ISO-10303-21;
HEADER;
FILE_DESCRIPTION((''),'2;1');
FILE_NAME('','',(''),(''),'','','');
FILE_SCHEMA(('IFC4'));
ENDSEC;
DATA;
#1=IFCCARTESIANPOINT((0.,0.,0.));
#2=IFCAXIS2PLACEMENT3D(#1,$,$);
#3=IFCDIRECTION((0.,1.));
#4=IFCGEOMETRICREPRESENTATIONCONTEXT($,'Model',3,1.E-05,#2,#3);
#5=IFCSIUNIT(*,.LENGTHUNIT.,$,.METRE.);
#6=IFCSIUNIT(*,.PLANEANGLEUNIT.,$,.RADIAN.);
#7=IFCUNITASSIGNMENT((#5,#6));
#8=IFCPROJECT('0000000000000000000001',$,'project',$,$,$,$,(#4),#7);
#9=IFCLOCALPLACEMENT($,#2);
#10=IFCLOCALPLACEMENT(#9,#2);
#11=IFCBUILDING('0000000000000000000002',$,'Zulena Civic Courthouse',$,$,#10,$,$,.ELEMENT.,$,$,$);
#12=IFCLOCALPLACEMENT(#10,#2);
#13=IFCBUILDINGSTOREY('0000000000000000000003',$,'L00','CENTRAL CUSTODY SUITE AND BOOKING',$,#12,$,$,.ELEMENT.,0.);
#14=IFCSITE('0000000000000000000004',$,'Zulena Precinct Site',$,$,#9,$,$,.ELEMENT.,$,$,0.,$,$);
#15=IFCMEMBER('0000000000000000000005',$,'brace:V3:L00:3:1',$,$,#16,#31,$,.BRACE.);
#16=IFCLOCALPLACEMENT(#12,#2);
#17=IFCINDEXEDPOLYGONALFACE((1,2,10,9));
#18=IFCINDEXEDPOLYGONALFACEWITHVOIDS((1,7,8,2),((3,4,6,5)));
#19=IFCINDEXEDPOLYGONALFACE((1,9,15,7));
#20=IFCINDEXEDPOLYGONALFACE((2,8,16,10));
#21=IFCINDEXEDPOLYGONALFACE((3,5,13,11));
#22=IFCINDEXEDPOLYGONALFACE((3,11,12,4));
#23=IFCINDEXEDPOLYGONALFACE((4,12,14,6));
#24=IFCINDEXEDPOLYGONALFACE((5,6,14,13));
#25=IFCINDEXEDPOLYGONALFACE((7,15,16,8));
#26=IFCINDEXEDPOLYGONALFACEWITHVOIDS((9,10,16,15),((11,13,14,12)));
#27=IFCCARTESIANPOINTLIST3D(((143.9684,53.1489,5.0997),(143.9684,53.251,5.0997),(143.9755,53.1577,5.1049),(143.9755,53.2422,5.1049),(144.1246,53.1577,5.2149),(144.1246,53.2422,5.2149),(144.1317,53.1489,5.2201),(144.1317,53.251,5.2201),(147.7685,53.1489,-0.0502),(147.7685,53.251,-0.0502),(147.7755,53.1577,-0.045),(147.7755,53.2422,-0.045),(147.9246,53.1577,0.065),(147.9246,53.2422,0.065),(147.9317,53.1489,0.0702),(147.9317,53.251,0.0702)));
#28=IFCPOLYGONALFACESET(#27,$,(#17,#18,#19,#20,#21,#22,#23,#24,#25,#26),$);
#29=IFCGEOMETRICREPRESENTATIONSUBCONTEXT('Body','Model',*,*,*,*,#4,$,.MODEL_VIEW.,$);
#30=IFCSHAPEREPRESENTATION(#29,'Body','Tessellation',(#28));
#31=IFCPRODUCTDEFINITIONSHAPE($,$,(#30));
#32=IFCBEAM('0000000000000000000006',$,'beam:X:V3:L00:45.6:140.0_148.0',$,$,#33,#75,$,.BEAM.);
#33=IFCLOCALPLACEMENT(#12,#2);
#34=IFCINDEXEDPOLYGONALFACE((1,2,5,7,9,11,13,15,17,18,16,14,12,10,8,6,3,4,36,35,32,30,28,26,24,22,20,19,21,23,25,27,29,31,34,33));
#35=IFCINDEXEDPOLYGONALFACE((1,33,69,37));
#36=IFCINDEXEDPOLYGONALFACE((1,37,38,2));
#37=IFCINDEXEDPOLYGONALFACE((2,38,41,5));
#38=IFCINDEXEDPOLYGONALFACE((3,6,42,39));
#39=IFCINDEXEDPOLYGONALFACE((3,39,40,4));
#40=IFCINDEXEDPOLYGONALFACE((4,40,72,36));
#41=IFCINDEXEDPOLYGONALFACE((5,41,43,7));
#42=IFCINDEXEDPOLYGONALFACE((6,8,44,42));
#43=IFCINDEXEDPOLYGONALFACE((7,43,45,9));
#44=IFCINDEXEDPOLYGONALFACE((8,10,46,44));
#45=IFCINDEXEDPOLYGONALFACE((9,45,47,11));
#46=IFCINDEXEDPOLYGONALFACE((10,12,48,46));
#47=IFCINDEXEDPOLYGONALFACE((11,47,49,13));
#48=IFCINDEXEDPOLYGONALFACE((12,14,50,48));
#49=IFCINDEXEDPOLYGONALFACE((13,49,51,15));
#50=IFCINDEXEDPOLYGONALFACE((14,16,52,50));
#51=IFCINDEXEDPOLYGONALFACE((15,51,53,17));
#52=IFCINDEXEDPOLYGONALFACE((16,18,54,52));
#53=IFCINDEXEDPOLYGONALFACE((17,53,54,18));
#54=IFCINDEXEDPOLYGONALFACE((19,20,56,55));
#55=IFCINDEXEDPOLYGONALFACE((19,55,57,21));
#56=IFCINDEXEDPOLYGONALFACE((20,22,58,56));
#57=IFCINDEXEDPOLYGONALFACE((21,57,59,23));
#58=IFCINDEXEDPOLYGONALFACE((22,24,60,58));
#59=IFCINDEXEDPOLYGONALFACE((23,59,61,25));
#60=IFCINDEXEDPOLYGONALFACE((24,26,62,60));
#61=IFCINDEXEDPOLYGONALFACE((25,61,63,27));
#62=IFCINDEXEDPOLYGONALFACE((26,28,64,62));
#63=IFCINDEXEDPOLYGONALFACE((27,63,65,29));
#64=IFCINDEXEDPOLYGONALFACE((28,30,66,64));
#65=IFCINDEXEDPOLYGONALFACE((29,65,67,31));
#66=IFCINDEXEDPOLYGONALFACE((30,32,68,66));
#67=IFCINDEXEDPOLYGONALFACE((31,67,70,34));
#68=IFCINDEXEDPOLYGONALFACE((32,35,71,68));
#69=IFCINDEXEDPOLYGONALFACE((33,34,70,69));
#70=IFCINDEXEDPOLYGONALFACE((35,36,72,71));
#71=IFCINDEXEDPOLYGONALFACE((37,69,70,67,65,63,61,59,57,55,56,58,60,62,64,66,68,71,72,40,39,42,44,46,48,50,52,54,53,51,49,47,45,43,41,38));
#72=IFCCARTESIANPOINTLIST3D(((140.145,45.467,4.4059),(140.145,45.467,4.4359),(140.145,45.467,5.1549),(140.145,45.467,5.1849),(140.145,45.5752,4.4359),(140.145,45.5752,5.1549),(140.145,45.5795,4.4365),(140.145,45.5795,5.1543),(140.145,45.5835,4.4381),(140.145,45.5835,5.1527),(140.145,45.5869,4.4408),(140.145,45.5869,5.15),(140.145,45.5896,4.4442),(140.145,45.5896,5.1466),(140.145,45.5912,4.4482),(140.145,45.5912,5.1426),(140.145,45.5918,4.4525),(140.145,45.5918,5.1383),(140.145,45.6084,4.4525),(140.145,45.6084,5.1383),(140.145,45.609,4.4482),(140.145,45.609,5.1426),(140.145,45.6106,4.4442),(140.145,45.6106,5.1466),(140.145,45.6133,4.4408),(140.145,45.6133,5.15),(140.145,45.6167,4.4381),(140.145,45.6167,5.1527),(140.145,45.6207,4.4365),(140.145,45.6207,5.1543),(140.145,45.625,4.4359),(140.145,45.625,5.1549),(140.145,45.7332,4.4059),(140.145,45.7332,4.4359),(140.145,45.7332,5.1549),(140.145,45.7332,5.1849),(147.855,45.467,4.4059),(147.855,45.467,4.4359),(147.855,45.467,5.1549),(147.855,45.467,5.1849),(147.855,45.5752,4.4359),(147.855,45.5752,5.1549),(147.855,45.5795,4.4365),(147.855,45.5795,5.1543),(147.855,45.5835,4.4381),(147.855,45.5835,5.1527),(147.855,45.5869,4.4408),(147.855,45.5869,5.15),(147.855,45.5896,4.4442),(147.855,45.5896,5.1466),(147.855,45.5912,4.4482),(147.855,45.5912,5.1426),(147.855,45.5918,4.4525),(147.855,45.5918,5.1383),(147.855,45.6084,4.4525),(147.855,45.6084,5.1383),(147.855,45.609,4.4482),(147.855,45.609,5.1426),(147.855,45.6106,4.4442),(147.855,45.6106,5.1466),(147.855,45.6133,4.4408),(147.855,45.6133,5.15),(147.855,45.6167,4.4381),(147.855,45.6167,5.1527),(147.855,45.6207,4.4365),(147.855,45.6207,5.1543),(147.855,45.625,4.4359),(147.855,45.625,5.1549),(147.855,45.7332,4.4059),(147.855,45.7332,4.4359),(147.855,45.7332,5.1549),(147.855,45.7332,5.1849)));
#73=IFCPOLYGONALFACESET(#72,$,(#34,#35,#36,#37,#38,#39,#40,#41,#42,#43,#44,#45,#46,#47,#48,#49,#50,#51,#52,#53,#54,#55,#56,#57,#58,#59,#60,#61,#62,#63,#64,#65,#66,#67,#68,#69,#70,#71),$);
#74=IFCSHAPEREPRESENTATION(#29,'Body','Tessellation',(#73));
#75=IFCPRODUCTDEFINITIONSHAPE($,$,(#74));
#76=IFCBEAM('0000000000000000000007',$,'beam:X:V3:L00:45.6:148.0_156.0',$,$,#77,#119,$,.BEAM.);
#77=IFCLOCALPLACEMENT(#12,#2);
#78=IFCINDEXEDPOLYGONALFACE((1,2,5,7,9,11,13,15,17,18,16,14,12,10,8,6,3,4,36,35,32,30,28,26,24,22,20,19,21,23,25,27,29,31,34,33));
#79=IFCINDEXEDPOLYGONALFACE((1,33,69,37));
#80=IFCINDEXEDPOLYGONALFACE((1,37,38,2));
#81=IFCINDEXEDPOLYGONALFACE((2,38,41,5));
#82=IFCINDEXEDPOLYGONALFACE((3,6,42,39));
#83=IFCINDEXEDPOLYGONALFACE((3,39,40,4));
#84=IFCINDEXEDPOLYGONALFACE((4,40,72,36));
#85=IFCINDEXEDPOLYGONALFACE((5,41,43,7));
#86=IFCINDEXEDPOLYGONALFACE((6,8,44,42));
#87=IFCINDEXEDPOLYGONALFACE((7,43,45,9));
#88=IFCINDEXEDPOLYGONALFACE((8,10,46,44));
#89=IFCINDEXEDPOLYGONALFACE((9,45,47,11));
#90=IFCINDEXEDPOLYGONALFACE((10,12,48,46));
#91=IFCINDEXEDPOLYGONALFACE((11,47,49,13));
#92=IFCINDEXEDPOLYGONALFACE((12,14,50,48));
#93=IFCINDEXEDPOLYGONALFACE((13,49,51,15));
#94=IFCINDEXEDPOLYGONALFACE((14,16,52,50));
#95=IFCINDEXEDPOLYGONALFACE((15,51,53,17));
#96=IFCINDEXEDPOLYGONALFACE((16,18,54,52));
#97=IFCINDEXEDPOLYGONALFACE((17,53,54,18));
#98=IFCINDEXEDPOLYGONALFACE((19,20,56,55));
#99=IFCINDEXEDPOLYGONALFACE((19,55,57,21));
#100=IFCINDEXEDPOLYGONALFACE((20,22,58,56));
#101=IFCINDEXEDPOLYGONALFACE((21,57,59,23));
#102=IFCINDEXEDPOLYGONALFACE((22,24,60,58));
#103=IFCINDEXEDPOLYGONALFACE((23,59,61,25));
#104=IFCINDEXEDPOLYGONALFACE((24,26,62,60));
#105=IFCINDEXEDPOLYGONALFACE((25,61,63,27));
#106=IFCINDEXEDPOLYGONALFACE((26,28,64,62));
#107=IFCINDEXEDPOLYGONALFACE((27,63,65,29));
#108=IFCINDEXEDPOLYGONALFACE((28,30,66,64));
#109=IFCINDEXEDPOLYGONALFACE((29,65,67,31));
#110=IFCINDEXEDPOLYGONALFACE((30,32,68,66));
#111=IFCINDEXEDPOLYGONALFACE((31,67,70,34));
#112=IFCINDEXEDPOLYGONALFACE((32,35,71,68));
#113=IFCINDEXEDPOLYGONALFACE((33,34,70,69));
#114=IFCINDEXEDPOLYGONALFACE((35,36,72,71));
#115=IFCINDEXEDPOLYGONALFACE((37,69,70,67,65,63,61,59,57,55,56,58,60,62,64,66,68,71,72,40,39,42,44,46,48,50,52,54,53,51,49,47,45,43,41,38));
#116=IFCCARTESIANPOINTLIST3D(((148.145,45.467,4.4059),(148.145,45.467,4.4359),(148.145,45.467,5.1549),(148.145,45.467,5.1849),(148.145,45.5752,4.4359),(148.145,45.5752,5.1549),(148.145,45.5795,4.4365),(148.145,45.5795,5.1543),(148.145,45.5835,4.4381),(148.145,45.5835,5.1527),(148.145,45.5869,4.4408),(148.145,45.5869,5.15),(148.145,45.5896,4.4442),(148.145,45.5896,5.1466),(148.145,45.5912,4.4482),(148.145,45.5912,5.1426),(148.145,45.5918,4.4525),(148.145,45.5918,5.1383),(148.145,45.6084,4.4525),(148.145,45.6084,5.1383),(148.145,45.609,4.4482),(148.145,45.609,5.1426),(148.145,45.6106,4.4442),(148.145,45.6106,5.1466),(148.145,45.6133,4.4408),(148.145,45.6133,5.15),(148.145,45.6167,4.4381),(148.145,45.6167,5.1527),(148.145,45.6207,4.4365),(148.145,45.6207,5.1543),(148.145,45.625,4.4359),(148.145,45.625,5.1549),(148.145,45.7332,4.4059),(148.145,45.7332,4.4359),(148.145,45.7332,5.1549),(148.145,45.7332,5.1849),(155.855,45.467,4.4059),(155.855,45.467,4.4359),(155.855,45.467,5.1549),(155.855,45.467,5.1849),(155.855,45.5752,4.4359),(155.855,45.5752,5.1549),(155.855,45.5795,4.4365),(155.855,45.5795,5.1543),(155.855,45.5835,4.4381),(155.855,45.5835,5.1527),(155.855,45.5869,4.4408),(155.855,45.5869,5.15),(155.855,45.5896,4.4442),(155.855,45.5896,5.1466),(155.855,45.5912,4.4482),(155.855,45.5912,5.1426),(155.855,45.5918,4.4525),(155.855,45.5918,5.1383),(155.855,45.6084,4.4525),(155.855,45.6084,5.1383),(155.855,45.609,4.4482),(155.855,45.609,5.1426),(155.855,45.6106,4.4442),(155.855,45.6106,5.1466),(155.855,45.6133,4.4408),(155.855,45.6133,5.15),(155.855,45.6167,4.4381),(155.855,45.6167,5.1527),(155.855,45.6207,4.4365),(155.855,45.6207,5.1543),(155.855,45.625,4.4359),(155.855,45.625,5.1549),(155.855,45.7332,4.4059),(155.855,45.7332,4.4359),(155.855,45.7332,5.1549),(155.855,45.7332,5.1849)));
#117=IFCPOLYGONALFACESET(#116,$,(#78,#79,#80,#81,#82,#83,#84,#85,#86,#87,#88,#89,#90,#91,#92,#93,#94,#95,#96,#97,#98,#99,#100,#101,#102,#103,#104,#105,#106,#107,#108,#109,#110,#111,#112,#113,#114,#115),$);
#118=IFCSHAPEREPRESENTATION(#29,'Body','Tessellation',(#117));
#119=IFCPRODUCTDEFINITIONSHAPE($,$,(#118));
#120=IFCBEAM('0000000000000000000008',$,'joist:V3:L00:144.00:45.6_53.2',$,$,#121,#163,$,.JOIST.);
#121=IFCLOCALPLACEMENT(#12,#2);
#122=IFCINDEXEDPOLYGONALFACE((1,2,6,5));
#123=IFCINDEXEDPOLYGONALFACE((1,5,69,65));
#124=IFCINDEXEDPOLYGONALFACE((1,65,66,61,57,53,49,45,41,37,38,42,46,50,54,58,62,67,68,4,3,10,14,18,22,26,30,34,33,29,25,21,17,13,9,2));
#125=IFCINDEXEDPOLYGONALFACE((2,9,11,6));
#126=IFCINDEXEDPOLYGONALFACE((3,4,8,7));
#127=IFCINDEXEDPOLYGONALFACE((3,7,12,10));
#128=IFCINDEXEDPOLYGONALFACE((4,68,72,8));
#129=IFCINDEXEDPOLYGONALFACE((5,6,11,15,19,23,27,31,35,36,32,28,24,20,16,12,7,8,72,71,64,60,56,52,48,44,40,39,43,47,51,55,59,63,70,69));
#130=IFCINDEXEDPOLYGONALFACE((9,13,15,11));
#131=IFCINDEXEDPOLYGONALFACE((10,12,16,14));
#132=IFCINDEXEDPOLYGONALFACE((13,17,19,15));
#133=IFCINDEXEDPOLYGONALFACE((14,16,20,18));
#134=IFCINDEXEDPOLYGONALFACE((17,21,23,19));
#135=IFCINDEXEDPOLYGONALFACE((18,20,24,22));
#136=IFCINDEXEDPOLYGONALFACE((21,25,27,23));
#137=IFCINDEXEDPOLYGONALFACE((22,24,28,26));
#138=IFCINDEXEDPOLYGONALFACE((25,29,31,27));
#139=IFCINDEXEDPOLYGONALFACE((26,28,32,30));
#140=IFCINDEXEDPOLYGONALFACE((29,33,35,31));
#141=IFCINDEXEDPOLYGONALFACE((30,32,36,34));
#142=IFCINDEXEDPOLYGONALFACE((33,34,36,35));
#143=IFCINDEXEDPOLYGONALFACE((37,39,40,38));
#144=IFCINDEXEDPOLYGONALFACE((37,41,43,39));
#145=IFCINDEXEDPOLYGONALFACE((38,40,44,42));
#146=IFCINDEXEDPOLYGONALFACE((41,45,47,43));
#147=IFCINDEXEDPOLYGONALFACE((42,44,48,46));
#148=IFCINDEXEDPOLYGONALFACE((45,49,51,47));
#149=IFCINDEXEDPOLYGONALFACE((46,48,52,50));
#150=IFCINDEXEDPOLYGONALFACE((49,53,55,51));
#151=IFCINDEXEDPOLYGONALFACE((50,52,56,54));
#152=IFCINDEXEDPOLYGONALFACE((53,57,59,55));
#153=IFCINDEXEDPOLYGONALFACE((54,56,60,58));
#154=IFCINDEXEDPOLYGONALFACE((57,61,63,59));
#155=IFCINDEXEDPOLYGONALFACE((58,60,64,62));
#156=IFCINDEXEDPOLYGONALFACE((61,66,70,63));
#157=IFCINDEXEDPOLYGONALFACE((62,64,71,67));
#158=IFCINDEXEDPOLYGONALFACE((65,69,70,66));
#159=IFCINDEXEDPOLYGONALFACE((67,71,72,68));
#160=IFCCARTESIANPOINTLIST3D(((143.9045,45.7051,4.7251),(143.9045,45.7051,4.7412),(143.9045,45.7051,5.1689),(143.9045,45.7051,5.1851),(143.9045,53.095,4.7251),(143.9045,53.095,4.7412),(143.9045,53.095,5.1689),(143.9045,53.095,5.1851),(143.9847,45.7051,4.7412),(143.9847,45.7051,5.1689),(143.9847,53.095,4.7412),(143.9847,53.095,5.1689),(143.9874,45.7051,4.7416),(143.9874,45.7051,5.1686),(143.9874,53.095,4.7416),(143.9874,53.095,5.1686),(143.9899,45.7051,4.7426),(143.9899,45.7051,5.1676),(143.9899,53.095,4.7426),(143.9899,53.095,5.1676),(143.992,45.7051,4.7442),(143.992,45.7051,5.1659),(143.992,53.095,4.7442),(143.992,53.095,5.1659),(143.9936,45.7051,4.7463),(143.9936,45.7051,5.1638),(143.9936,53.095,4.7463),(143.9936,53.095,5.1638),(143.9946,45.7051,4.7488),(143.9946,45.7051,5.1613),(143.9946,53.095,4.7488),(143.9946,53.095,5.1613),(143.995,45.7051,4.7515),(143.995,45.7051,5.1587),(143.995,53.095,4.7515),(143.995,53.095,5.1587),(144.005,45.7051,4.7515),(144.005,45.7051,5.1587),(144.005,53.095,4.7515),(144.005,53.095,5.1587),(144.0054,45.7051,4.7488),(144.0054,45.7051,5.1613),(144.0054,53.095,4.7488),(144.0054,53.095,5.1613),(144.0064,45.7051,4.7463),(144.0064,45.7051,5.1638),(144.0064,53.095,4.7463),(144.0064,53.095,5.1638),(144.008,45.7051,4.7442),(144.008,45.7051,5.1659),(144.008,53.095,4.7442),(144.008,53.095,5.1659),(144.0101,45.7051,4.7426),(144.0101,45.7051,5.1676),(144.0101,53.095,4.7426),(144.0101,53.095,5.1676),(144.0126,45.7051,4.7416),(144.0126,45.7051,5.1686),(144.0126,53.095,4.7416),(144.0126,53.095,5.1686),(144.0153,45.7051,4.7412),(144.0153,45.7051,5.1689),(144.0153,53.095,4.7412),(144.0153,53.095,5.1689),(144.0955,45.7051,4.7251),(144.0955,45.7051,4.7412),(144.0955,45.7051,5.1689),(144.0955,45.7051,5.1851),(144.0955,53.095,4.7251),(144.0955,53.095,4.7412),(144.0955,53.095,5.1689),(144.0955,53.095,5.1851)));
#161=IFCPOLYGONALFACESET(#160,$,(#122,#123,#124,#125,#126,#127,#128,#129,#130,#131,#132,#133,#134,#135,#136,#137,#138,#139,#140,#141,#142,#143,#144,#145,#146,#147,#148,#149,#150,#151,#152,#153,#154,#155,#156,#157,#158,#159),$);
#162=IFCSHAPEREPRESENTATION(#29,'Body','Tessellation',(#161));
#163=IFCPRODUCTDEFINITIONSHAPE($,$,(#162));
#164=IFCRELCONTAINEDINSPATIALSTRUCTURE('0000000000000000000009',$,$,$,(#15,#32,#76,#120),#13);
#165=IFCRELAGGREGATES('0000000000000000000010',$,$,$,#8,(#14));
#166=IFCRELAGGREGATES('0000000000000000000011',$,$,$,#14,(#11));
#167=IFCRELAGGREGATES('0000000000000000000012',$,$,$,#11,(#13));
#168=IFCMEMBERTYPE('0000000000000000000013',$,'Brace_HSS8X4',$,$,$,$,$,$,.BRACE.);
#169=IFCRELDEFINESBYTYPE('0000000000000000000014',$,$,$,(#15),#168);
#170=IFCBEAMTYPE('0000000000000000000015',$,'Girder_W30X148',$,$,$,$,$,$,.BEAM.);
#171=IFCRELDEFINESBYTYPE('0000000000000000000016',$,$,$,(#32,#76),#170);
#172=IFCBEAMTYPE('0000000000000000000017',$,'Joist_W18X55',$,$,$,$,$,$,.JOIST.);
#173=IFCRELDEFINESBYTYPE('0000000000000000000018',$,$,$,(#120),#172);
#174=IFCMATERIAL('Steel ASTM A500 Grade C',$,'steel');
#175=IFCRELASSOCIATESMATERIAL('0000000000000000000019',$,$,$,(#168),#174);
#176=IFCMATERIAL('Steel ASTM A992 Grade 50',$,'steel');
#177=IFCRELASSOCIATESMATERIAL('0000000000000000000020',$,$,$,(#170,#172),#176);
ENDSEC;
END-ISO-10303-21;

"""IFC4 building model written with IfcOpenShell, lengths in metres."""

from ifc_helpers import new_model, si_unit, direction, frame, origin, origin_2d, place, context, subcontext, project, spatial, hollow_rectangle, i_section, extrude, material, material_profile, profile_set, type_object, element, save


model = new_model("IFC4")

# Units and contexts
model_context = context("Model", 3, precision=1e-05, world=origin(), true_north=direction((0.0, 1.0)))
body_context = subcontext(model_context, "Body", "Model", "MODEL_VIEW")
ifc_project = project(units=[si_unit("LENGTHUNIT", "METRE"), si_unit("PLANEANGLEUNIT", "RADIAN")], contexts=[model_context])

# Site, building, storey
site_placement = place(None, origin())
site = spatial("IfcSite", under=ifc_project, at=site_placement, Name="Zulena Precinct Site", CompositionType="ELEMENT", RefElevation=0.0)
building_placement = place(site_placement, origin())
building = spatial("IfcBuilding", under=site, at=building_placement, Name="Zulena Civic Courthouse", CompositionType="ELEMENT")
storey_placement = place(building_placement, origin())
storey = spatial("IfcBuildingStorey", under=building, at=storey_placement, Name="L00", Description="CENTRAL CUSTODY SUITE AND BOOKING", CompositionType="ELEMENT", Elevation=0.0)

# Shared definitions
ifc_material_1 = material(Name="Steel ASTM A992 Grade 50", Category="steel")

# Member
ifc_material_2 = material(Name="Steel ASTM A500 Grade C", Category="steel")
ifc_material_profile_1 = material_profile(ifc_material_2, hollow_rectangle(XDim=0.1021, YDim=0.2029, WallThickness=0.0088, at=origin_2d()), Name="HSS8X4X3/8")
ifc_profile_set_1 = profile_set([ifc_material_profile_1], Name="Steel ASTM A500 Grade C")
member_type = type_object("IfcMemberType", Name="Brace_HSS8X4", PredefinedType="BRACE", material=ifc_profile_set_1)
for number, where, z_axis, x_axis, name in (
    (1, (147.8501, 53.2, 0.01), (-0.593744, 0.0, 0.804654), (0.0, -1.0, 0.0), "brace:V3:L00:3:1"),
):
    element("IfcMember", number, at=place(storey_placement, frame(where, z_axis=z_axis, x_axis=x_axis)), inside=storey, type_object=member_type, Name=name, PredefinedType="BRACE", context=body_context, shape_type="SweptSolid", body=[
        extrude(hollow_rectangle(XDim=0.1021, YDim=0.2029, WallThickness=0.0088, at=origin_2d()), origin(), (0.0, 0.0, 1.0), 6.4001),
    ])

# Beams
ifc_material_profile_2 = material_profile(ifc_material_1, i_section(OverallWidth=0.2661, OverallDepth=0.7791, WebThickness=0.0166, FlangeThickness=0.03, FilletRadius=0.0166, at=origin_2d()), Name="W30X148")
ifc_profile_set_2 = profile_set([ifc_material_profile_2], Name="Steel ASTM A992 Grade 50")
beam_type_1 = type_object("IfcBeamType", Name="Girder_W30X148", PredefinedType="BEAM", material=ifc_profile_set_2)
for number, where, z_axis, x_axis, name in (
    (2, (140.145, 45.6001, 4.7954), (1.0, 0.0, 0.0), (0.0, 1.0, 0.0), "beam:X:V3:L00:45.6:140.0_148.0"),
    (3, (148.145, 45.6001, 4.7954), (1.0, 0.0, 0.0), (0.0, 1.0, 0.0), "beam:X:V3:L00:45.6:148.0_156.0"),
):
    element("IfcBeam", number, at=place(storey_placement, frame(where, z_axis=z_axis, x_axis=x_axis)), inside=storey, type_object=beam_type_1, Name=name, PredefinedType="BEAM", context=body_context, shape_type="SweptSolid", body=[
        extrude(i_section(OverallWidth=0.2661, OverallDepth=0.7791, WebThickness=0.0166, FlangeThickness=0.03, FilletRadius=0.0166, at=origin_2d()), origin(), (0.0, 0.0, 1.0), 7.71),
    ])
ifc_material_profile_3 = material_profile(ifc_material_1, i_section(OverallWidth=0.1909, OverallDepth=0.46, WebThickness=0.01, FlangeThickness=0.0161, FilletRadius=0.0103, at=origin_2d()), Name="W18X55")
ifc_profile_set_3 = profile_set([ifc_material_profile_3], Name="Steel ASTM A992 Grade 50")
beam_type_2 = type_object("IfcBeamType", Name="Joist_W18X55", PredefinedType="JOIST", material=ifc_profile_set_3)
for number, where, z_axis, x_axis, name in (
    (4, (144.0, 45.7051, 4.9551), (0.0, 1.0, 0.0), (-1.0, 0.0, 0.0), "joist:V3:L00:144.00:45.6_53.2"),
):
    element("IfcBeam", number, at=place(storey_placement, frame(where, z_axis=z_axis, x_axis=x_axis)), inside=storey, type_object=beam_type_2, Name=name, PredefinedType="JOIST", context=body_context, shape_type="SweptSolid", body=[
        extrude(i_section(OverallWidth=0.1909, OverallDepth=0.46, WebThickness=0.01, FlangeThickness=0.0161, FilletRadius=0.0103, at=origin_2d()), origin(), (0.0, 0.0, 1.0), 7.3899),
    ])

save(model, "model.ifc")
